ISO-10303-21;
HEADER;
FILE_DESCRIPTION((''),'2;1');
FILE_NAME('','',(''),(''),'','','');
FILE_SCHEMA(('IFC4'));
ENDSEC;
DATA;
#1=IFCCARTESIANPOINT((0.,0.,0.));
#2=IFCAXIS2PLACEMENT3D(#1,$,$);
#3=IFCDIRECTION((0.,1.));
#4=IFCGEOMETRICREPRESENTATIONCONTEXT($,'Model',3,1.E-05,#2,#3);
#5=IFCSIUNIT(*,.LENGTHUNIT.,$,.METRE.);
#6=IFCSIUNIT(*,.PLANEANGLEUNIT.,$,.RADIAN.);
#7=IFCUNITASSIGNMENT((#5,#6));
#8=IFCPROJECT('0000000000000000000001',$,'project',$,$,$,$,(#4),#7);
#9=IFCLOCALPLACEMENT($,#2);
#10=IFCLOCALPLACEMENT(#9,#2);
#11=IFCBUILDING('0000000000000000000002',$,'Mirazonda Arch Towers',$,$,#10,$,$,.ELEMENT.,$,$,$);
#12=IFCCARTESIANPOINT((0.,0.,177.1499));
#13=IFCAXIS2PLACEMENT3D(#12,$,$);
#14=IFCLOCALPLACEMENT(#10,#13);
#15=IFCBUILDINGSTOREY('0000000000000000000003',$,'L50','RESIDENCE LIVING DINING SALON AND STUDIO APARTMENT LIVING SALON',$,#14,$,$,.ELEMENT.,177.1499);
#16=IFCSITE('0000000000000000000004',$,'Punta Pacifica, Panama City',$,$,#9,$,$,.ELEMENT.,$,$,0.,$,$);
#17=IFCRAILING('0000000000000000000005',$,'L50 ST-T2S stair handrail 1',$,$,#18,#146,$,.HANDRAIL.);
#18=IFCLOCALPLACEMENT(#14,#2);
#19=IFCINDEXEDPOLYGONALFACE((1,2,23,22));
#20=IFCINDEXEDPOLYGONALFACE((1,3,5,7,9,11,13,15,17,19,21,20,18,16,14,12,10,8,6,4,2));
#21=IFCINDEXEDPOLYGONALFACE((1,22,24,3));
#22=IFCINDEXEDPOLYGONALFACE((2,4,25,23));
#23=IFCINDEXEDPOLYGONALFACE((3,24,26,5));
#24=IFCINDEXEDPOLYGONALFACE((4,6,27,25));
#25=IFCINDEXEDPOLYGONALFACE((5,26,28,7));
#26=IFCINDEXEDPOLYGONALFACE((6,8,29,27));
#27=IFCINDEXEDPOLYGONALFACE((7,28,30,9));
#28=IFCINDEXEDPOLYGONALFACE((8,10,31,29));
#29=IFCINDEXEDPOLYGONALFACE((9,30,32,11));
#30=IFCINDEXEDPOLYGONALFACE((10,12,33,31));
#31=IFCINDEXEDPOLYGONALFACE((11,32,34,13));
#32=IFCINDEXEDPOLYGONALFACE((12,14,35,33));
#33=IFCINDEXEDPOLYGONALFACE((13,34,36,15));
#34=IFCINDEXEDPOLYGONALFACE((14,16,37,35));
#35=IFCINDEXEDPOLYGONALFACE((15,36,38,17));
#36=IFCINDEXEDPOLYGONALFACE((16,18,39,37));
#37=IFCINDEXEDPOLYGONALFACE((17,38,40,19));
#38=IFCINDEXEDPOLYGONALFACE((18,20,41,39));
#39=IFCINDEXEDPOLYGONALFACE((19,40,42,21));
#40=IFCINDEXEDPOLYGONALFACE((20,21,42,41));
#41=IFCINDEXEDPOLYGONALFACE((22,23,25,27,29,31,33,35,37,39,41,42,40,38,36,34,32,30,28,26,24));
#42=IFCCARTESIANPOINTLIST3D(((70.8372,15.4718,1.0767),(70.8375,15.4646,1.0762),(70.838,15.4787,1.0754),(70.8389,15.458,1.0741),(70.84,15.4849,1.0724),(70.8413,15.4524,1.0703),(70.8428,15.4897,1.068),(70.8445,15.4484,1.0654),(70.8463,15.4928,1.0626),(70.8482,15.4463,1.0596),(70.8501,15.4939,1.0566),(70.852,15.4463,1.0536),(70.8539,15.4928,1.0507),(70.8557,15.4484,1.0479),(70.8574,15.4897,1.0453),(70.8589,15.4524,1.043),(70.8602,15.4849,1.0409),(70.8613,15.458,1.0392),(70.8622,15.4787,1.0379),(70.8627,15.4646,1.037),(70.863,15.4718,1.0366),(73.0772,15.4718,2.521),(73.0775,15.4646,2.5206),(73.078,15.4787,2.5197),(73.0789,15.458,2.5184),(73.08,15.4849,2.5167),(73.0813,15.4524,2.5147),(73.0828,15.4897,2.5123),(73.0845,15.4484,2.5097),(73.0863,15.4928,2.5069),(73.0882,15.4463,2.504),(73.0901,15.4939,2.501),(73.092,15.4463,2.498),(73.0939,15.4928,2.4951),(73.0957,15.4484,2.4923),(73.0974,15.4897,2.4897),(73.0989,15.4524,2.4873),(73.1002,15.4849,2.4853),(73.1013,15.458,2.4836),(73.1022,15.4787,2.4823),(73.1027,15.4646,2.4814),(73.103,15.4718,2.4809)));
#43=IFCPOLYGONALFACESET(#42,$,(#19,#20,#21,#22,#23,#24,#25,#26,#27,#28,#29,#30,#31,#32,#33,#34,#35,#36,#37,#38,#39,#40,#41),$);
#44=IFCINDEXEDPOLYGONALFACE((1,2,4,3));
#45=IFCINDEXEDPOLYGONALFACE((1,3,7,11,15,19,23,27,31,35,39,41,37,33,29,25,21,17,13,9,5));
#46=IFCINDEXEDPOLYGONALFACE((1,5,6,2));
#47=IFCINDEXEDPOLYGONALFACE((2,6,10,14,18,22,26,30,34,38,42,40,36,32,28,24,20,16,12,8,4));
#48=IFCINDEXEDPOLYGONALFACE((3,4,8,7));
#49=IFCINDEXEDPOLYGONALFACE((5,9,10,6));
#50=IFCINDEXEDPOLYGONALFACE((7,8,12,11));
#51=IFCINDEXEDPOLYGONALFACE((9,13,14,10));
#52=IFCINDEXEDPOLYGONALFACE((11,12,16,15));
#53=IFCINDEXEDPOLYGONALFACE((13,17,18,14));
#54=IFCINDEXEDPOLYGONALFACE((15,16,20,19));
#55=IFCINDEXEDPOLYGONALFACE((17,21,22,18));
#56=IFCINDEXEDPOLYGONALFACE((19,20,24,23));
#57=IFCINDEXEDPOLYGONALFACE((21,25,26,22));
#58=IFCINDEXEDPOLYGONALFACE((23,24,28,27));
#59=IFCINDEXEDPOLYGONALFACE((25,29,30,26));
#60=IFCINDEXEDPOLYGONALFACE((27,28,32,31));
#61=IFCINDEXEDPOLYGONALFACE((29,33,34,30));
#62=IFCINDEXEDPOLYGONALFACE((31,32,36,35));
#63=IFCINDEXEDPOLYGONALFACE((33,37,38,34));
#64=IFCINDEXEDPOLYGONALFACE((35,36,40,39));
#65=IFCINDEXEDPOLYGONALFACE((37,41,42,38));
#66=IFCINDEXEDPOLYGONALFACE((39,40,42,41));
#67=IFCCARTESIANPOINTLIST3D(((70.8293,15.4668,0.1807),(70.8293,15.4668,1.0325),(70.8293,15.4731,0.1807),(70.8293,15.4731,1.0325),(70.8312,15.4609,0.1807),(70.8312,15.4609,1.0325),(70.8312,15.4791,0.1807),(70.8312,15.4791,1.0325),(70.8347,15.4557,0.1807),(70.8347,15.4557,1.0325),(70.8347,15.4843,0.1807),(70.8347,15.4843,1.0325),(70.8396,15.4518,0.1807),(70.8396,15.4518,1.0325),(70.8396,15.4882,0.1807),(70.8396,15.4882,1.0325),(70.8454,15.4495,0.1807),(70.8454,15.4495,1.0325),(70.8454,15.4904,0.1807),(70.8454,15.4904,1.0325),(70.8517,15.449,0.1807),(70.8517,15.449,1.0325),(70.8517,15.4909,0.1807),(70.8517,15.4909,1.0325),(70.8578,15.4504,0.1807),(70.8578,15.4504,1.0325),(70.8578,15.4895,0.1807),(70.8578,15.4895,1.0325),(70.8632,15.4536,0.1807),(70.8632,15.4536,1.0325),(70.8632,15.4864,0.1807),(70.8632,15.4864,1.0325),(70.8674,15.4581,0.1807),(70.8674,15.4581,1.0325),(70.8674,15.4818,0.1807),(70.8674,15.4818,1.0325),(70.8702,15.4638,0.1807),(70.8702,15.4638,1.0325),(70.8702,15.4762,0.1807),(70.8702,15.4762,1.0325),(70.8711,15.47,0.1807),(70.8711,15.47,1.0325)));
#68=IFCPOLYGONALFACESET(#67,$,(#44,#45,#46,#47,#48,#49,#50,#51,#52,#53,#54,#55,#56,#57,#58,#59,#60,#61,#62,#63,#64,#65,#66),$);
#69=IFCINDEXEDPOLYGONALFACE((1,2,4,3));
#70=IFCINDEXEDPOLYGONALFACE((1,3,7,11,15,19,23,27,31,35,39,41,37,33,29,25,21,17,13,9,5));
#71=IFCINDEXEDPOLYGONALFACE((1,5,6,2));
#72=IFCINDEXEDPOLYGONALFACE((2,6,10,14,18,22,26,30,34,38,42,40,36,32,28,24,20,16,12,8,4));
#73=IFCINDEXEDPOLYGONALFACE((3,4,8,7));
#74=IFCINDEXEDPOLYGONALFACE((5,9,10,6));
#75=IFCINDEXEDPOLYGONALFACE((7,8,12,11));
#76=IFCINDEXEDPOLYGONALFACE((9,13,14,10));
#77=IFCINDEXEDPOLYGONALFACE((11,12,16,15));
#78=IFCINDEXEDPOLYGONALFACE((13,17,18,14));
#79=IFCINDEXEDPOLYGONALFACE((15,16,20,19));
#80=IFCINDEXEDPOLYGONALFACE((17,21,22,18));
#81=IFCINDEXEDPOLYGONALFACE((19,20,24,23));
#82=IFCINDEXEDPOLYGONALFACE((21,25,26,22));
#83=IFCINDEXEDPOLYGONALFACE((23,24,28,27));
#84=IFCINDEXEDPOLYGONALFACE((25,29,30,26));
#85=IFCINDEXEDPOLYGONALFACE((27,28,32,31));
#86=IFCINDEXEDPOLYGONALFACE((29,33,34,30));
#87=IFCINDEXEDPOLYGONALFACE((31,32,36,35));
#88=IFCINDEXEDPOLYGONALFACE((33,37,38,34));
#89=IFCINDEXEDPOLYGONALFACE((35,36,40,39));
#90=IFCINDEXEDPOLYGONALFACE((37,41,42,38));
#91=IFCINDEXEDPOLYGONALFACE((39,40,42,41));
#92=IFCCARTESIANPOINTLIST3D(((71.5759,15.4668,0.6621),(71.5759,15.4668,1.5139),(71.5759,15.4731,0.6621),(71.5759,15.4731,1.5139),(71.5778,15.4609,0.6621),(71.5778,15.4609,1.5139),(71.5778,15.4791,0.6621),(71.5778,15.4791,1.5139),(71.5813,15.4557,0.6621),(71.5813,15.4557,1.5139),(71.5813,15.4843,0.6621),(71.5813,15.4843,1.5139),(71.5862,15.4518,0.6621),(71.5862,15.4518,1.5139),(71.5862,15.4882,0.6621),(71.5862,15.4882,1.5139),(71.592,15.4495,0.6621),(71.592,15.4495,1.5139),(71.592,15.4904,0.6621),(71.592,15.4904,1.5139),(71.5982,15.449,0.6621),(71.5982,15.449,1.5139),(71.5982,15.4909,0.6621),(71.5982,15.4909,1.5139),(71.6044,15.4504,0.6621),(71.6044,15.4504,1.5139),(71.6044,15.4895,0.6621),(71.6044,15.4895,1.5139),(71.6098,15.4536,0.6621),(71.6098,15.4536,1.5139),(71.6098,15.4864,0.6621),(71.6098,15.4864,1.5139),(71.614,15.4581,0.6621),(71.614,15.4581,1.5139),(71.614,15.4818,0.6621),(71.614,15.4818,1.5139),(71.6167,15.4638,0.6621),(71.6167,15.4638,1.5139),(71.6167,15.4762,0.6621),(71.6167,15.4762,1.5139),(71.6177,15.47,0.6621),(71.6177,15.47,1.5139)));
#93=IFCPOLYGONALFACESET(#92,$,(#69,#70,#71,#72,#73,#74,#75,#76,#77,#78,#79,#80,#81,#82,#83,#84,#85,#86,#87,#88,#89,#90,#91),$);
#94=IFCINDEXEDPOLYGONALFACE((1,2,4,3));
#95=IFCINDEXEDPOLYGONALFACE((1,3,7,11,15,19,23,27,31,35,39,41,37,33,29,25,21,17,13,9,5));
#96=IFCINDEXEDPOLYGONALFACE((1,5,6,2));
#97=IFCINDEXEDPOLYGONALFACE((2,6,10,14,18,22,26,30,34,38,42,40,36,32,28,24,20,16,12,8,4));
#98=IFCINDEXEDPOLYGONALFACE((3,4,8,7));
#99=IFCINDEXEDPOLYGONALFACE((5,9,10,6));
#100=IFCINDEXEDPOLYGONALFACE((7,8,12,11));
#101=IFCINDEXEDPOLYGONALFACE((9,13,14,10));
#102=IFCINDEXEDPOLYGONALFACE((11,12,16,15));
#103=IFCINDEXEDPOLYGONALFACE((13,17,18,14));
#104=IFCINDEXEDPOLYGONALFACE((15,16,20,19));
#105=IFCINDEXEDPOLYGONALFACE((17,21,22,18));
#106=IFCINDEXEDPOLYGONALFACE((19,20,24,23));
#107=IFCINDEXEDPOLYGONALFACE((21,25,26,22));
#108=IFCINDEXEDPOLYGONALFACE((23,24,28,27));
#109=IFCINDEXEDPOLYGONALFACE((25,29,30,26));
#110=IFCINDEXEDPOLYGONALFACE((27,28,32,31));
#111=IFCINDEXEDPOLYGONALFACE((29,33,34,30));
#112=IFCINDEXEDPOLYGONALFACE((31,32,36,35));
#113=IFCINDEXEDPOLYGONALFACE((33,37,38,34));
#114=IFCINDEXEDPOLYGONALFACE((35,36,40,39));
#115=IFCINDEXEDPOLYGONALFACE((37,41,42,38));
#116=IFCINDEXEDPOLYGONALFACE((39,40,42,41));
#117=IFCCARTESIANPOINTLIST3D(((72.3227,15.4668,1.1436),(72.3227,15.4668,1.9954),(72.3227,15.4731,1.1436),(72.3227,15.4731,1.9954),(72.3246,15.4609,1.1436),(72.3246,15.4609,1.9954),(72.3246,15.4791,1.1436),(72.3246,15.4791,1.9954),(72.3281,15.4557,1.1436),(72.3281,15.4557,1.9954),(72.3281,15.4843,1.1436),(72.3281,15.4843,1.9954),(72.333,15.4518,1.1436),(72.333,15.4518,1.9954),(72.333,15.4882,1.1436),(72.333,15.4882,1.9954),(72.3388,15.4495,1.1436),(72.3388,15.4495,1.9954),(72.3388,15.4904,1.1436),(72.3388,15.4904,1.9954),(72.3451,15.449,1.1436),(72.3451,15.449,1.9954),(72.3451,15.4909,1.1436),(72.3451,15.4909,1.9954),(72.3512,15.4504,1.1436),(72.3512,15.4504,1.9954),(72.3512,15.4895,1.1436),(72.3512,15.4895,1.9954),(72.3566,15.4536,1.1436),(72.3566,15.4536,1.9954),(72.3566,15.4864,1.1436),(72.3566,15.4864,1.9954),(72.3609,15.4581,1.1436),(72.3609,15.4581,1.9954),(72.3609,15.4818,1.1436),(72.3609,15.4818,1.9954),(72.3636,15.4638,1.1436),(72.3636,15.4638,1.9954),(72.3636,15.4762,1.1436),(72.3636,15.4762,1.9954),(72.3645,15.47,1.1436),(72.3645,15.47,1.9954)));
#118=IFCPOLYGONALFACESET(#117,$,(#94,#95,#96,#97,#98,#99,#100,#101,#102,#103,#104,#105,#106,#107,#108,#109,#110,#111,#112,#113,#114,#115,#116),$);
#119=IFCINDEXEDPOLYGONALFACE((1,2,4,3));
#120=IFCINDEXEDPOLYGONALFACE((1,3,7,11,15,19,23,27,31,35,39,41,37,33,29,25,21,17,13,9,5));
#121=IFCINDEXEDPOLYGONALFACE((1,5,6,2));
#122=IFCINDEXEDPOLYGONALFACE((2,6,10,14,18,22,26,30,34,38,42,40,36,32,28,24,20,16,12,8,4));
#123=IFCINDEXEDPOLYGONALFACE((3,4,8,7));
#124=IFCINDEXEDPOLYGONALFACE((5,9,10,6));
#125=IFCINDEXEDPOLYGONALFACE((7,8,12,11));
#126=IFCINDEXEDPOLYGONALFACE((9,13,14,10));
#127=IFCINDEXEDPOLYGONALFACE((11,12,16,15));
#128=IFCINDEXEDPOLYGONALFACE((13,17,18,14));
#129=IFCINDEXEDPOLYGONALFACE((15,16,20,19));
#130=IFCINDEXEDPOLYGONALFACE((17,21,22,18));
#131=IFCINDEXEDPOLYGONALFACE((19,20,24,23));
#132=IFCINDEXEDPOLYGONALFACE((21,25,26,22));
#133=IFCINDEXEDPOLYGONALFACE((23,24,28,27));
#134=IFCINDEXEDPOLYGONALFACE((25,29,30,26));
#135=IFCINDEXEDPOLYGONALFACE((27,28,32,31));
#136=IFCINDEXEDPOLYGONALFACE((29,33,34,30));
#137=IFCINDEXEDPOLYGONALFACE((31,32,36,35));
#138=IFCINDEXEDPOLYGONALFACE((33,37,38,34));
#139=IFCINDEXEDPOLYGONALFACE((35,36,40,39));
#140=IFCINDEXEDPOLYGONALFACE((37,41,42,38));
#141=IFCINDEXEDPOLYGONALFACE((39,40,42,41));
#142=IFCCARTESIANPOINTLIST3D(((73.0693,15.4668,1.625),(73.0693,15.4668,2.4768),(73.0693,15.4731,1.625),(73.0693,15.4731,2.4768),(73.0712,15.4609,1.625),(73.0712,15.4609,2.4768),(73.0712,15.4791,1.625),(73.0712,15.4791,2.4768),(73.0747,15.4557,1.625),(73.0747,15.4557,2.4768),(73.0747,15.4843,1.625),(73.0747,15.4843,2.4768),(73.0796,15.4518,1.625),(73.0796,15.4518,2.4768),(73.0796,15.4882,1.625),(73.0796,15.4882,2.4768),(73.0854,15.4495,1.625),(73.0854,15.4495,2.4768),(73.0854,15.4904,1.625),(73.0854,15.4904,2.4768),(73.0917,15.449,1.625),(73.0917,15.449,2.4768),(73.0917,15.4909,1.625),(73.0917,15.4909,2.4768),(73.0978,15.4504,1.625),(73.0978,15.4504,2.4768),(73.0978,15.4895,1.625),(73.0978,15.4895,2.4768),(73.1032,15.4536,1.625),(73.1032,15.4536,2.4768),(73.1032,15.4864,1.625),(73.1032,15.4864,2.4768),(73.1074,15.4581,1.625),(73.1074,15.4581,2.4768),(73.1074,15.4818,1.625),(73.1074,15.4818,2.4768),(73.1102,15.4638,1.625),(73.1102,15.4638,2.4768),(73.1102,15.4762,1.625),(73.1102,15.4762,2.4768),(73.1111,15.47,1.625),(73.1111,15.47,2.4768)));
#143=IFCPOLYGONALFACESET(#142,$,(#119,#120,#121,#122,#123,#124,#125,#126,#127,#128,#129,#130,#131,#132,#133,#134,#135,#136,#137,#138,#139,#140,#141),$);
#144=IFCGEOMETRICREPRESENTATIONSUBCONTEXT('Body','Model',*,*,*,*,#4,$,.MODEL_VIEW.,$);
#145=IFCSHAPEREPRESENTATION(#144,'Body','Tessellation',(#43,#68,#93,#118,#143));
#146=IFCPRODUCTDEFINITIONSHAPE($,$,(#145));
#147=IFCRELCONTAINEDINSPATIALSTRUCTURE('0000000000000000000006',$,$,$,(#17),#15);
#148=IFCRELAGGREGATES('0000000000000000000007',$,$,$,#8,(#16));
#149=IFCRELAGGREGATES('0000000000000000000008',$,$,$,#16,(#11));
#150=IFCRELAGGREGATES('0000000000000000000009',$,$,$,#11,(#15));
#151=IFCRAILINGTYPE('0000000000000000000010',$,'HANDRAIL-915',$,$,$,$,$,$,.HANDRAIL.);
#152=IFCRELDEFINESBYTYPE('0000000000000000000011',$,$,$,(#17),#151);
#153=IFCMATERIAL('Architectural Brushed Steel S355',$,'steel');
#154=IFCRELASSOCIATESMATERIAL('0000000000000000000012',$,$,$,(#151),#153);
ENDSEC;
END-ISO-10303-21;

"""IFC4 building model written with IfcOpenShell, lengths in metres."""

from ifc_helpers import new_model, si_unit, direction, frame, origin, origin_2d, place, context, subcontext, project, spatial, circle, extrude, material, type_object, element, save


model = new_model("IFC4")

# Units and contexts
model_context = context("Model", 3, precision=1e-05, world=origin(), true_north=direction((0.0, 1.0)))
body_context = subcontext(model_context, "Body", "Model", "MODEL_VIEW")
ifc_project = project(units=[si_unit("LENGTHUNIT", "METRE"), si_unit("PLANEANGLEUNIT", "RADIAN")], contexts=[model_context])

# Site, building, storey
site_placement = place(None, origin())
site = spatial("IfcSite", under=ifc_project, at=site_placement, Name="Punta Pacifica, Panama City", CompositionType="ELEMENT", RefElevation=0.0)
building_placement = place(site_placement, origin())
building = spatial("IfcBuilding", under=site, at=building_placement, Name="Mirazonda Arch Towers", CompositionType="ELEMENT")
storey_placement = place(building_placement, frame((0.0, 0.0, 177.1499)))
storey = spatial("IfcBuildingStorey", under=building, at=storey_placement, Name="L50", Description="RESIDENCE LIVING DINING SALON AND STUDIO APARTMENT LIVING SALON", CompositionType="ELEMENT", Elevation=177.1499)

# Shared definitions
ifc_material_1 = material(Name="Architectural Brushed Steel S355", Category="steel")

# Railing
railing_type_1 = type_object("IfcRailingType", Name="HANDRAIL-915", PredefinedType="HANDRAIL", material=ifc_material_1)
railing_1_placement = place(storey_placement, frame((70.8501, 15.47, 0.1807)))
element("IfcRailing", 1, at=railing_1_placement, inside=storey, type_object=railing_type_1, Name="L50 ST-T2S stair handrail 1", PredefinedType="HANDRAIL", context=body_context, shape_type="SweptSolid", body=[
    extrude(circle(Radius=0.0239, at=origin_2d()), frame((0.0, 0.0, 0.876), z_axis=(0.840437, 0.0, 0.54191), x_axis=(0.0, 1.0, 0.0)), (0.0, 0.0, 1.0), 2.6653),
    extrude(circle(Radius=0.021, at=origin_2d()), origin(), (0.0, 0.0, 1.0), 0.8518),
    extrude(circle(Radius=0.021, at=origin_2d()), frame((0.7466, 0.0, 0.4814)), (0.0, 0.0, 1.0), 0.8518),
    extrude(circle(Radius=0.021, at=origin_2d()), frame((1.4934, 0.0, 0.9629)), (0.0, 0.0, 1.0), 0.8518),
    extrude(circle(Radius=0.021, at=origin_2d()), frame((2.24, 0.0, 1.4443)), (0.0, 0.0, 1.0), 0.8518),
])

save(model, "model.ifc")
